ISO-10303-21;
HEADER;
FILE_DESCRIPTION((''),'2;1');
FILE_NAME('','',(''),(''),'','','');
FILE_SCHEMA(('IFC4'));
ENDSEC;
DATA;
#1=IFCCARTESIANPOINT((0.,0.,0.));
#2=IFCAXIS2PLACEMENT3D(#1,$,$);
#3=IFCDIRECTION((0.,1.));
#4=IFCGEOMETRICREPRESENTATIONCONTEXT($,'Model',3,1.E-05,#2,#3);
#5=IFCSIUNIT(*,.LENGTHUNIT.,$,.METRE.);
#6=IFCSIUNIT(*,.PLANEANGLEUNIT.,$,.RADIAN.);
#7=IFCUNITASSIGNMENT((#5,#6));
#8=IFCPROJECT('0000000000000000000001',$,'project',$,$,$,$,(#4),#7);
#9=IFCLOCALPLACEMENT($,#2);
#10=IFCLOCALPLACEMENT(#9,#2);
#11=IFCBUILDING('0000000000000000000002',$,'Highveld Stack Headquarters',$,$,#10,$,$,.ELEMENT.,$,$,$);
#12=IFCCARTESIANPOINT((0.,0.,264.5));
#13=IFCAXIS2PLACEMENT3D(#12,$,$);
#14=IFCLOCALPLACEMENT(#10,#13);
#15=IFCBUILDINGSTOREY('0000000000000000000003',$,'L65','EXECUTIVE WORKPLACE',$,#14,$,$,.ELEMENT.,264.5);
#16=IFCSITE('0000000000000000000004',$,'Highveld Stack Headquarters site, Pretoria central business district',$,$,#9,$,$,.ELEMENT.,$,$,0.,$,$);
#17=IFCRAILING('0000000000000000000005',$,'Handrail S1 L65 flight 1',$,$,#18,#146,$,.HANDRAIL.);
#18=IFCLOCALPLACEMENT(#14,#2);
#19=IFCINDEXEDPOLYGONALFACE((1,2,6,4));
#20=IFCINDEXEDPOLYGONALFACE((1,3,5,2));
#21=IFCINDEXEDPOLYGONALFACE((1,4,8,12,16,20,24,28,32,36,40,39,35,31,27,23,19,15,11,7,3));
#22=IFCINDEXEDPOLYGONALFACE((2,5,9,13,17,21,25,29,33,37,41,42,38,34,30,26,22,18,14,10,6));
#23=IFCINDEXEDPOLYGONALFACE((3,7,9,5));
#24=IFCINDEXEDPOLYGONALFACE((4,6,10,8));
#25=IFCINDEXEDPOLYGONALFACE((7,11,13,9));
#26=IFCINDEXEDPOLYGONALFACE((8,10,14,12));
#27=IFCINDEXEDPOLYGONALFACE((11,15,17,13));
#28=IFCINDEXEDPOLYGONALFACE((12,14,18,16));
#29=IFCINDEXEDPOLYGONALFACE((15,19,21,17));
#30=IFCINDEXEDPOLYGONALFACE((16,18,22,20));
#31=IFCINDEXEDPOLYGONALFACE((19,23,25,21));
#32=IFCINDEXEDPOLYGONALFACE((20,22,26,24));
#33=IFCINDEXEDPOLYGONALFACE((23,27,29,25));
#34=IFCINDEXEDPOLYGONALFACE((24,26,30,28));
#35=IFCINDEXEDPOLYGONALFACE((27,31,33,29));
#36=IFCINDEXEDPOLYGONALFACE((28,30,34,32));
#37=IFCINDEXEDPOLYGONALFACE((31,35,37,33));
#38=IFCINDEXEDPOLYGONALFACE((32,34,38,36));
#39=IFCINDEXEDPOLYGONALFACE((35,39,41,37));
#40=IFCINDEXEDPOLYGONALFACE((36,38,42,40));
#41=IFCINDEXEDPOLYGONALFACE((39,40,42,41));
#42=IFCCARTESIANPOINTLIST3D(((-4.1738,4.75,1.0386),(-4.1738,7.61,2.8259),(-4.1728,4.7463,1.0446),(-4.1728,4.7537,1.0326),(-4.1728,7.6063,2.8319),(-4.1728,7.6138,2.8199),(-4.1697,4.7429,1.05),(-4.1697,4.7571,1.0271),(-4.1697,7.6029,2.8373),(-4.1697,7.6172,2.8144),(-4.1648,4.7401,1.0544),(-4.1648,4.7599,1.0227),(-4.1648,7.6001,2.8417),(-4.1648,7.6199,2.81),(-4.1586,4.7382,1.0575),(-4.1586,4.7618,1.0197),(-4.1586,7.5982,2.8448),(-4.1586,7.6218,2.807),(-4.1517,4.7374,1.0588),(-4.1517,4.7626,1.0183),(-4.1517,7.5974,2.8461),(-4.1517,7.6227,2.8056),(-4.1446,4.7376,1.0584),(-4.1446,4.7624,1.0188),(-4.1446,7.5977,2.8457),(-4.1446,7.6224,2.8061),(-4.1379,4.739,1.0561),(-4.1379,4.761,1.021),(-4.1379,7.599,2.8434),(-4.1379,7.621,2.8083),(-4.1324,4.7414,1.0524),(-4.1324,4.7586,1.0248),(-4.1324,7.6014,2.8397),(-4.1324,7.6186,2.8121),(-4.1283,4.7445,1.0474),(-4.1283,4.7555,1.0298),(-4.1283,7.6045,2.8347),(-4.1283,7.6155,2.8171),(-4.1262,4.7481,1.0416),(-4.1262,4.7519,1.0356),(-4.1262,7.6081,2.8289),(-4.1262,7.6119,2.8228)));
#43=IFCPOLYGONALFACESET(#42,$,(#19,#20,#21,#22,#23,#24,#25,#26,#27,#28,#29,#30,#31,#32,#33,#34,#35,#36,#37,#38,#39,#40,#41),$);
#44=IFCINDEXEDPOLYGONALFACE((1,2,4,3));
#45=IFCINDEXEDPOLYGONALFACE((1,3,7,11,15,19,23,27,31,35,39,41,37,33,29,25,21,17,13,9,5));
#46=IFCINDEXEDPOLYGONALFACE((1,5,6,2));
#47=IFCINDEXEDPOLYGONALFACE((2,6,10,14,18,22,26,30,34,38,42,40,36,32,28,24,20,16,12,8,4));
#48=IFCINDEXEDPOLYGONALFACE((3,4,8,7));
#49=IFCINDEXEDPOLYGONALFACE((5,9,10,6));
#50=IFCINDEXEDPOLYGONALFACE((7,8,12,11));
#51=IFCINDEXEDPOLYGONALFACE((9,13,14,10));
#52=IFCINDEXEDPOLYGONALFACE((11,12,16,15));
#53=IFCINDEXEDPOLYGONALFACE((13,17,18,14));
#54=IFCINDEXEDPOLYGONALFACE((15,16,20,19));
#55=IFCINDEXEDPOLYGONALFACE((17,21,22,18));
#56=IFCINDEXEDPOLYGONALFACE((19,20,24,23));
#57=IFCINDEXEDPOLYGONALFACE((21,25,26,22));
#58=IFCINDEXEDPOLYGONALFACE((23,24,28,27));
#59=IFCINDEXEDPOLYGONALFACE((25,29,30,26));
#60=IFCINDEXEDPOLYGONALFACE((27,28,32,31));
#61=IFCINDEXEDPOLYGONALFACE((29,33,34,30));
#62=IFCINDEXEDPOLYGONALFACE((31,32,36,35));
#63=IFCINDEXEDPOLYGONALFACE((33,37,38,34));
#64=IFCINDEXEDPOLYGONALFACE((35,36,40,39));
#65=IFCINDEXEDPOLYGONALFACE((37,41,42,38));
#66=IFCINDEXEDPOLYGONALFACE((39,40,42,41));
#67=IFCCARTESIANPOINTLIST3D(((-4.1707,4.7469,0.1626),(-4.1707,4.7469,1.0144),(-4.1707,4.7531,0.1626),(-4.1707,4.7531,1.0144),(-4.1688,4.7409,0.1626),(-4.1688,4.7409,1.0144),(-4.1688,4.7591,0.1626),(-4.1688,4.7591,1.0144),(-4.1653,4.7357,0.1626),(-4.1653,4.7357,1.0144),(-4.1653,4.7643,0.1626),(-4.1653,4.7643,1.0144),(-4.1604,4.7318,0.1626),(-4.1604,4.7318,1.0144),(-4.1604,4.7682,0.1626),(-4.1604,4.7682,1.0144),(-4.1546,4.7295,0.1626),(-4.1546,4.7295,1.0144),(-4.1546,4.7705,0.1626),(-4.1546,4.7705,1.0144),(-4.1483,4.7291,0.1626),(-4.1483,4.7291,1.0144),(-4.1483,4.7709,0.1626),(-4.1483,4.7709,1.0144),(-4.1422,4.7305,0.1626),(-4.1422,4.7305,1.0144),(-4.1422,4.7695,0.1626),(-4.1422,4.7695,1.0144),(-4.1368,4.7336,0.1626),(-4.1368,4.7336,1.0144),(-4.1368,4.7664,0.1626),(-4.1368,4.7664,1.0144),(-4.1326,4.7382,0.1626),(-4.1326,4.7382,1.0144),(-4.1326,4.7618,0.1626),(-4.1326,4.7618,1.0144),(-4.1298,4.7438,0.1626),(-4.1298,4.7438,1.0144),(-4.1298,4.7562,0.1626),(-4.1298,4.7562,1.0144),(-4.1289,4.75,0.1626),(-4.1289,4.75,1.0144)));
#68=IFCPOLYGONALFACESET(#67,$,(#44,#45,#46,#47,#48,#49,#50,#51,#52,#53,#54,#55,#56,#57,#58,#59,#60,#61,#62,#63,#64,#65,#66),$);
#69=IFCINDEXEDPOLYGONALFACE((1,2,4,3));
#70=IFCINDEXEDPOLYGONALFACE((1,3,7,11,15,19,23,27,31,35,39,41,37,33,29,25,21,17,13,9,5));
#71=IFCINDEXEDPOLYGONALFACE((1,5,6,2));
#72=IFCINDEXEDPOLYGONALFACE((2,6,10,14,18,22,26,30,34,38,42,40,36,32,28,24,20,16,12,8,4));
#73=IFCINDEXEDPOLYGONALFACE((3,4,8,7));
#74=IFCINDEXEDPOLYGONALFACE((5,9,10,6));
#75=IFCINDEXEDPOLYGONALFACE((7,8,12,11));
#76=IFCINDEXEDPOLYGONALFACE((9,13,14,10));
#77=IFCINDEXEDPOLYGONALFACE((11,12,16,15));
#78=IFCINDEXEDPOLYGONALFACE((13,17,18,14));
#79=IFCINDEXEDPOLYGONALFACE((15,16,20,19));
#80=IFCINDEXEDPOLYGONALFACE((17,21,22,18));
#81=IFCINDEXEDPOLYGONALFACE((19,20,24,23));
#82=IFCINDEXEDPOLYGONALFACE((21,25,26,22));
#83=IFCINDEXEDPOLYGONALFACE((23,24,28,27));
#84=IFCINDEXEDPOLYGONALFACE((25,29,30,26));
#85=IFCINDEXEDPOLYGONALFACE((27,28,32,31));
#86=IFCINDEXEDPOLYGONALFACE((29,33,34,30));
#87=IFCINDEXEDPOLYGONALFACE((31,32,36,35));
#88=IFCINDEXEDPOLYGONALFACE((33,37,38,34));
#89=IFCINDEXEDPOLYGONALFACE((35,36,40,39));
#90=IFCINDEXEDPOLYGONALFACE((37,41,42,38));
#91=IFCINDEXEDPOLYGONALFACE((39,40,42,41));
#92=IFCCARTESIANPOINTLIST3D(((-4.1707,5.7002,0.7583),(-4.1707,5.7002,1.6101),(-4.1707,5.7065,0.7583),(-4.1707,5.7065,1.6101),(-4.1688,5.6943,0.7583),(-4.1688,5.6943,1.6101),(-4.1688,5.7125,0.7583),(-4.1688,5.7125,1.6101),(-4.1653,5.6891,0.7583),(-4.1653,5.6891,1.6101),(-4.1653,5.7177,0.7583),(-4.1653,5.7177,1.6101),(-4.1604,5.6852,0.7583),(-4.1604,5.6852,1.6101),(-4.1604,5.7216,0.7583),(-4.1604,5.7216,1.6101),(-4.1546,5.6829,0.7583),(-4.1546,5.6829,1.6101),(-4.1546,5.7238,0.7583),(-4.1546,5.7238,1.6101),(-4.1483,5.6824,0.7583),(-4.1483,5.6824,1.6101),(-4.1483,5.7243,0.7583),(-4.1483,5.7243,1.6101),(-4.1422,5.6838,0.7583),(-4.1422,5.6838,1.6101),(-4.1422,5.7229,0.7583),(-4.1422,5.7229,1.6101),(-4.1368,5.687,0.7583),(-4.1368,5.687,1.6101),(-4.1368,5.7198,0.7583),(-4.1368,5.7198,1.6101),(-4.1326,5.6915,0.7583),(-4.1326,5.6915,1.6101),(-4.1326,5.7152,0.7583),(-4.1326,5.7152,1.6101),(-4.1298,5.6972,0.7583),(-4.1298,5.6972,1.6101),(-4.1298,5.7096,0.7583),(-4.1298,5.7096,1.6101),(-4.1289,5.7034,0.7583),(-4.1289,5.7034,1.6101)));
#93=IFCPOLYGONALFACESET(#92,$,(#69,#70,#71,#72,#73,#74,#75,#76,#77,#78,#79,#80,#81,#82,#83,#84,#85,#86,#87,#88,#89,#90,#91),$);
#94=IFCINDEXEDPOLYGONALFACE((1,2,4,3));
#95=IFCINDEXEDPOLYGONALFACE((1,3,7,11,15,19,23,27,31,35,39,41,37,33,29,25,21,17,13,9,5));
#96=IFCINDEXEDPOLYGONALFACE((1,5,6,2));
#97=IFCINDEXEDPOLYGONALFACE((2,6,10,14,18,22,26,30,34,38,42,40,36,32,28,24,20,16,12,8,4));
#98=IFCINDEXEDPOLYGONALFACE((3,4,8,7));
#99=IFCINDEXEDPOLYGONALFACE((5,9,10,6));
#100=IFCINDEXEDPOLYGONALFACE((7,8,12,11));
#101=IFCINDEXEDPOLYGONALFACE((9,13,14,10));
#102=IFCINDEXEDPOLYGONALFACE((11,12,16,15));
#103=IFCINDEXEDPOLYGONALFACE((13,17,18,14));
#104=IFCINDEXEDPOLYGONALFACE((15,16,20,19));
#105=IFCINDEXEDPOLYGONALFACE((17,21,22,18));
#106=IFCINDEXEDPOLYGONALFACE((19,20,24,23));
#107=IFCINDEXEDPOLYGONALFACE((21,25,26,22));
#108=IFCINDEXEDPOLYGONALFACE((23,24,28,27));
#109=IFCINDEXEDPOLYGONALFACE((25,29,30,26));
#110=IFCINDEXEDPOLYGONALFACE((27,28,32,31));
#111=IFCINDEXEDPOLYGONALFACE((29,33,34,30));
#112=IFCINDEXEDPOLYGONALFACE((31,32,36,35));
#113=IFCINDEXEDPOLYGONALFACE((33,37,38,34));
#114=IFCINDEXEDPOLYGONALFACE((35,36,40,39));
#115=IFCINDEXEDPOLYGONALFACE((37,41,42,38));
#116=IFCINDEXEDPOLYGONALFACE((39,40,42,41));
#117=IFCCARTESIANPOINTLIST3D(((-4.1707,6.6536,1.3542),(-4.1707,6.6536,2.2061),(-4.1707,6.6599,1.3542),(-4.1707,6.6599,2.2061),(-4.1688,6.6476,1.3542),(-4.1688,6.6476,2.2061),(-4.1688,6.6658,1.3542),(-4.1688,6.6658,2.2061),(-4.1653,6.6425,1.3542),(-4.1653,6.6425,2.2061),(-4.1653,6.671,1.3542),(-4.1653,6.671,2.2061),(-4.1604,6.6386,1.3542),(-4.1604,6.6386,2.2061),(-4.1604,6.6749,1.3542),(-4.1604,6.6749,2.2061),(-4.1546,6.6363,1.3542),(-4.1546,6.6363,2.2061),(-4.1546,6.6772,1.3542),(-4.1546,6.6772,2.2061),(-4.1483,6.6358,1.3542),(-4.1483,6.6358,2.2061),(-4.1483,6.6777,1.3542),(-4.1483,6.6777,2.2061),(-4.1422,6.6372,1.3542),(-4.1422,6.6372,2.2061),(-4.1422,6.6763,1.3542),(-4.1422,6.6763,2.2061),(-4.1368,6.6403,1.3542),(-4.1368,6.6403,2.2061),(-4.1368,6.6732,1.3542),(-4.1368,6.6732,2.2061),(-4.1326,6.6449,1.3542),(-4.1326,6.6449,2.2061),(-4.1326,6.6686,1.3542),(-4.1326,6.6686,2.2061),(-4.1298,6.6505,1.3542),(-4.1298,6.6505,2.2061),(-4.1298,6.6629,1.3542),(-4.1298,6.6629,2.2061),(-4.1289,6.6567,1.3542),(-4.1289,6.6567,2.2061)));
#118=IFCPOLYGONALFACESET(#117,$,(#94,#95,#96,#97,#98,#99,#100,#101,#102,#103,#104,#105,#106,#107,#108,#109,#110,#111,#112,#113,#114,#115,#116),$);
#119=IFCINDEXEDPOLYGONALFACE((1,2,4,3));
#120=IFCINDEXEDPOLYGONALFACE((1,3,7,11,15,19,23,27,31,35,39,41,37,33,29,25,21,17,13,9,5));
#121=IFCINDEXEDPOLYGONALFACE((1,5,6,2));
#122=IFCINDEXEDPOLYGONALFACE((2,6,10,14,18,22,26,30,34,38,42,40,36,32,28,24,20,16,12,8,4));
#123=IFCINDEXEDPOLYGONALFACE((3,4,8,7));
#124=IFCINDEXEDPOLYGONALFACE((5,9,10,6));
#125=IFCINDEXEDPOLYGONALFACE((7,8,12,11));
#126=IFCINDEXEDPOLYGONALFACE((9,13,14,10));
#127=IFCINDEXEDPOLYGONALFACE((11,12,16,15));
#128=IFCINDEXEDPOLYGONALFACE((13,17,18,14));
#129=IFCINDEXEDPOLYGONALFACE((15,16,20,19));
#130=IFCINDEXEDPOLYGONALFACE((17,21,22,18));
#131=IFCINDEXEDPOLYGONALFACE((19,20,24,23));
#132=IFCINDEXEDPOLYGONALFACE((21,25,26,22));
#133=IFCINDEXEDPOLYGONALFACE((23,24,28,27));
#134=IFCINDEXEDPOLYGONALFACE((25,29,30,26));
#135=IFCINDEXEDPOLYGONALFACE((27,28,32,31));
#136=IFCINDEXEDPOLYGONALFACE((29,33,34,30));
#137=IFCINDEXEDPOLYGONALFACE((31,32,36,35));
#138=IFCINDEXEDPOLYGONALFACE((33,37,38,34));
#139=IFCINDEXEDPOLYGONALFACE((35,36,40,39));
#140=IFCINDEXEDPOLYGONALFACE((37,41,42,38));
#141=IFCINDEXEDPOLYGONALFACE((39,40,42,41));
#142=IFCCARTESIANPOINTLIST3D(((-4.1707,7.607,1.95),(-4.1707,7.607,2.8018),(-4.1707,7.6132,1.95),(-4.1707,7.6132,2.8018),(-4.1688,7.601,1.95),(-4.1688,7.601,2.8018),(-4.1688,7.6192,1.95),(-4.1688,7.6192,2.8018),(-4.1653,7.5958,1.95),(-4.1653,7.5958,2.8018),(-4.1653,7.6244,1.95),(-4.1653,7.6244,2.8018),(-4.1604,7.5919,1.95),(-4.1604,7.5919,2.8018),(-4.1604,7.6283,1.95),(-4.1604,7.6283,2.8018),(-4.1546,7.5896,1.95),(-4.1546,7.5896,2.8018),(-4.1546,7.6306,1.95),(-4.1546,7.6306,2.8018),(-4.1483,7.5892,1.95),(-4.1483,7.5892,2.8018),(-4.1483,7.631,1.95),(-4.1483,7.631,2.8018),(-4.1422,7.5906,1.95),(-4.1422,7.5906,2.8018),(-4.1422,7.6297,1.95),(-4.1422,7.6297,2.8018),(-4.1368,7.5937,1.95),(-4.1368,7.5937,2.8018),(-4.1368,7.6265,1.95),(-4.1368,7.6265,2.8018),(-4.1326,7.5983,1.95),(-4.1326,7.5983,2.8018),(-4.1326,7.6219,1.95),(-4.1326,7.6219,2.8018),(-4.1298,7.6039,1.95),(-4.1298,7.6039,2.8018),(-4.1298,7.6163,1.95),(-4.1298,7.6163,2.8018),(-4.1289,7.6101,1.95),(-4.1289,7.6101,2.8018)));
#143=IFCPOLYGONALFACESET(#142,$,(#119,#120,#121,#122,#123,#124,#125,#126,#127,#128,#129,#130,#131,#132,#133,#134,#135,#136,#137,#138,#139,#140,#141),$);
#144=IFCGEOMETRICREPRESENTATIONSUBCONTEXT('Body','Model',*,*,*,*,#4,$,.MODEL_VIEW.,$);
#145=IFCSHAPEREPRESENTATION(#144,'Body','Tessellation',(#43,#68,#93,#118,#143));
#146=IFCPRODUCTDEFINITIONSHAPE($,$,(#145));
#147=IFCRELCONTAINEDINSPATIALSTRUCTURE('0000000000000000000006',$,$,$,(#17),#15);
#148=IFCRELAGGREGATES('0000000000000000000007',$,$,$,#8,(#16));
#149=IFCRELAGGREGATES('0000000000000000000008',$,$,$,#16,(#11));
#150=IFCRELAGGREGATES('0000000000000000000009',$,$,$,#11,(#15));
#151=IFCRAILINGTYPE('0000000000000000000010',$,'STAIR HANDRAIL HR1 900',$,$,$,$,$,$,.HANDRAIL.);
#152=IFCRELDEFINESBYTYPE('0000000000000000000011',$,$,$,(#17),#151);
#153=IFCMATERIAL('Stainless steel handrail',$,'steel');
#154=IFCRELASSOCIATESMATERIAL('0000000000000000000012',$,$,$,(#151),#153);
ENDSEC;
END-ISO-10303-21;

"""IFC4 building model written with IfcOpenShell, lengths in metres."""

from ifc_helpers import new_model, si_unit, direction, frame, origin, origin_2d, place, context, subcontext, project, spatial, circle, extrude, material, type_object, element, save


model = new_model("IFC4")

# Units and contexts
model_context = context("Model", 3, precision=1e-05, world=origin(), true_north=direction((0.0, 1.0)))
body_context = subcontext(model_context, "Body", "Model", "MODEL_VIEW")
ifc_project = project(units=[si_unit("LENGTHUNIT", "METRE"), si_unit("PLANEANGLEUNIT", "RADIAN")], contexts=[model_context])

# Site, building, storey
site_placement = place(None, origin())
site = spatial("IfcSite", under=ifc_project, at=site_placement, Name="Highveld Stack Headquarters site, Pretoria central business district", CompositionType="ELEMENT", RefElevation=0.0)
building_placement = place(site_placement, origin())
building = spatial("IfcBuilding", under=site, at=building_placement, Name="Highveld Stack Headquarters", CompositionType="ELEMENT")
storey_placement = place(building_placement, frame((0.0, 0.0, 264.5)))
storey = spatial("IfcBuildingStorey", under=building, at=storey_placement, Name="L65", Description="EXECUTIVE WORKPLACE", CompositionType="ELEMENT", Elevation=264.5)

# Railing
ifc_material_1 = material(Name="Stainless steel handrail", Category="steel")
railing_type = type_object("IfcRailingType", Name="STAIR HANDRAIL HR1 900", PredefinedType="HANDRAIL", material=ifc_material_1)
railing_placement = place(storey_placement, frame((-4.1499, 4.75, 0.1626)))
element("IfcRailing", 1, at=railing_placement, inside=storey, type_object=railing_type, Name="Handrail S1 L65 flight 1", PredefinedType="HANDRAIL", context=body_context, shape_type="SweptSolid", body=[
    extrude(circle(Radius=0.0239, at=origin_2d()), frame((0.0, 0.0, 0.876), z_axis=(0.0, 0.848027, 0.529953), x_axis=(-1.0, 0.0, 0.0)), (0.0, 0.0, 1.0), 3.3726),
    extrude(circle(Radius=0.021, at=origin_2d()), origin(), (0.0, 0.0, 1.0), 0.8518),
    extrude(circle(Radius=0.021, at=origin_2d()), frame((0.0, 0.9534, 0.5957)), (0.0, 0.0, 1.0), 0.8518),
    extrude(circle(Radius=0.021, at=origin_2d()), frame((0.0, 1.9067, 1.1917)), (0.0, 0.0, 1.0), 0.8518),
    extrude(circle(Radius=0.021, at=origin_2d()), frame((0.0, 2.8601, 1.7874)), (0.0, 0.0, 1.0), 0.8518),
])

save(model, "model.ifc")
